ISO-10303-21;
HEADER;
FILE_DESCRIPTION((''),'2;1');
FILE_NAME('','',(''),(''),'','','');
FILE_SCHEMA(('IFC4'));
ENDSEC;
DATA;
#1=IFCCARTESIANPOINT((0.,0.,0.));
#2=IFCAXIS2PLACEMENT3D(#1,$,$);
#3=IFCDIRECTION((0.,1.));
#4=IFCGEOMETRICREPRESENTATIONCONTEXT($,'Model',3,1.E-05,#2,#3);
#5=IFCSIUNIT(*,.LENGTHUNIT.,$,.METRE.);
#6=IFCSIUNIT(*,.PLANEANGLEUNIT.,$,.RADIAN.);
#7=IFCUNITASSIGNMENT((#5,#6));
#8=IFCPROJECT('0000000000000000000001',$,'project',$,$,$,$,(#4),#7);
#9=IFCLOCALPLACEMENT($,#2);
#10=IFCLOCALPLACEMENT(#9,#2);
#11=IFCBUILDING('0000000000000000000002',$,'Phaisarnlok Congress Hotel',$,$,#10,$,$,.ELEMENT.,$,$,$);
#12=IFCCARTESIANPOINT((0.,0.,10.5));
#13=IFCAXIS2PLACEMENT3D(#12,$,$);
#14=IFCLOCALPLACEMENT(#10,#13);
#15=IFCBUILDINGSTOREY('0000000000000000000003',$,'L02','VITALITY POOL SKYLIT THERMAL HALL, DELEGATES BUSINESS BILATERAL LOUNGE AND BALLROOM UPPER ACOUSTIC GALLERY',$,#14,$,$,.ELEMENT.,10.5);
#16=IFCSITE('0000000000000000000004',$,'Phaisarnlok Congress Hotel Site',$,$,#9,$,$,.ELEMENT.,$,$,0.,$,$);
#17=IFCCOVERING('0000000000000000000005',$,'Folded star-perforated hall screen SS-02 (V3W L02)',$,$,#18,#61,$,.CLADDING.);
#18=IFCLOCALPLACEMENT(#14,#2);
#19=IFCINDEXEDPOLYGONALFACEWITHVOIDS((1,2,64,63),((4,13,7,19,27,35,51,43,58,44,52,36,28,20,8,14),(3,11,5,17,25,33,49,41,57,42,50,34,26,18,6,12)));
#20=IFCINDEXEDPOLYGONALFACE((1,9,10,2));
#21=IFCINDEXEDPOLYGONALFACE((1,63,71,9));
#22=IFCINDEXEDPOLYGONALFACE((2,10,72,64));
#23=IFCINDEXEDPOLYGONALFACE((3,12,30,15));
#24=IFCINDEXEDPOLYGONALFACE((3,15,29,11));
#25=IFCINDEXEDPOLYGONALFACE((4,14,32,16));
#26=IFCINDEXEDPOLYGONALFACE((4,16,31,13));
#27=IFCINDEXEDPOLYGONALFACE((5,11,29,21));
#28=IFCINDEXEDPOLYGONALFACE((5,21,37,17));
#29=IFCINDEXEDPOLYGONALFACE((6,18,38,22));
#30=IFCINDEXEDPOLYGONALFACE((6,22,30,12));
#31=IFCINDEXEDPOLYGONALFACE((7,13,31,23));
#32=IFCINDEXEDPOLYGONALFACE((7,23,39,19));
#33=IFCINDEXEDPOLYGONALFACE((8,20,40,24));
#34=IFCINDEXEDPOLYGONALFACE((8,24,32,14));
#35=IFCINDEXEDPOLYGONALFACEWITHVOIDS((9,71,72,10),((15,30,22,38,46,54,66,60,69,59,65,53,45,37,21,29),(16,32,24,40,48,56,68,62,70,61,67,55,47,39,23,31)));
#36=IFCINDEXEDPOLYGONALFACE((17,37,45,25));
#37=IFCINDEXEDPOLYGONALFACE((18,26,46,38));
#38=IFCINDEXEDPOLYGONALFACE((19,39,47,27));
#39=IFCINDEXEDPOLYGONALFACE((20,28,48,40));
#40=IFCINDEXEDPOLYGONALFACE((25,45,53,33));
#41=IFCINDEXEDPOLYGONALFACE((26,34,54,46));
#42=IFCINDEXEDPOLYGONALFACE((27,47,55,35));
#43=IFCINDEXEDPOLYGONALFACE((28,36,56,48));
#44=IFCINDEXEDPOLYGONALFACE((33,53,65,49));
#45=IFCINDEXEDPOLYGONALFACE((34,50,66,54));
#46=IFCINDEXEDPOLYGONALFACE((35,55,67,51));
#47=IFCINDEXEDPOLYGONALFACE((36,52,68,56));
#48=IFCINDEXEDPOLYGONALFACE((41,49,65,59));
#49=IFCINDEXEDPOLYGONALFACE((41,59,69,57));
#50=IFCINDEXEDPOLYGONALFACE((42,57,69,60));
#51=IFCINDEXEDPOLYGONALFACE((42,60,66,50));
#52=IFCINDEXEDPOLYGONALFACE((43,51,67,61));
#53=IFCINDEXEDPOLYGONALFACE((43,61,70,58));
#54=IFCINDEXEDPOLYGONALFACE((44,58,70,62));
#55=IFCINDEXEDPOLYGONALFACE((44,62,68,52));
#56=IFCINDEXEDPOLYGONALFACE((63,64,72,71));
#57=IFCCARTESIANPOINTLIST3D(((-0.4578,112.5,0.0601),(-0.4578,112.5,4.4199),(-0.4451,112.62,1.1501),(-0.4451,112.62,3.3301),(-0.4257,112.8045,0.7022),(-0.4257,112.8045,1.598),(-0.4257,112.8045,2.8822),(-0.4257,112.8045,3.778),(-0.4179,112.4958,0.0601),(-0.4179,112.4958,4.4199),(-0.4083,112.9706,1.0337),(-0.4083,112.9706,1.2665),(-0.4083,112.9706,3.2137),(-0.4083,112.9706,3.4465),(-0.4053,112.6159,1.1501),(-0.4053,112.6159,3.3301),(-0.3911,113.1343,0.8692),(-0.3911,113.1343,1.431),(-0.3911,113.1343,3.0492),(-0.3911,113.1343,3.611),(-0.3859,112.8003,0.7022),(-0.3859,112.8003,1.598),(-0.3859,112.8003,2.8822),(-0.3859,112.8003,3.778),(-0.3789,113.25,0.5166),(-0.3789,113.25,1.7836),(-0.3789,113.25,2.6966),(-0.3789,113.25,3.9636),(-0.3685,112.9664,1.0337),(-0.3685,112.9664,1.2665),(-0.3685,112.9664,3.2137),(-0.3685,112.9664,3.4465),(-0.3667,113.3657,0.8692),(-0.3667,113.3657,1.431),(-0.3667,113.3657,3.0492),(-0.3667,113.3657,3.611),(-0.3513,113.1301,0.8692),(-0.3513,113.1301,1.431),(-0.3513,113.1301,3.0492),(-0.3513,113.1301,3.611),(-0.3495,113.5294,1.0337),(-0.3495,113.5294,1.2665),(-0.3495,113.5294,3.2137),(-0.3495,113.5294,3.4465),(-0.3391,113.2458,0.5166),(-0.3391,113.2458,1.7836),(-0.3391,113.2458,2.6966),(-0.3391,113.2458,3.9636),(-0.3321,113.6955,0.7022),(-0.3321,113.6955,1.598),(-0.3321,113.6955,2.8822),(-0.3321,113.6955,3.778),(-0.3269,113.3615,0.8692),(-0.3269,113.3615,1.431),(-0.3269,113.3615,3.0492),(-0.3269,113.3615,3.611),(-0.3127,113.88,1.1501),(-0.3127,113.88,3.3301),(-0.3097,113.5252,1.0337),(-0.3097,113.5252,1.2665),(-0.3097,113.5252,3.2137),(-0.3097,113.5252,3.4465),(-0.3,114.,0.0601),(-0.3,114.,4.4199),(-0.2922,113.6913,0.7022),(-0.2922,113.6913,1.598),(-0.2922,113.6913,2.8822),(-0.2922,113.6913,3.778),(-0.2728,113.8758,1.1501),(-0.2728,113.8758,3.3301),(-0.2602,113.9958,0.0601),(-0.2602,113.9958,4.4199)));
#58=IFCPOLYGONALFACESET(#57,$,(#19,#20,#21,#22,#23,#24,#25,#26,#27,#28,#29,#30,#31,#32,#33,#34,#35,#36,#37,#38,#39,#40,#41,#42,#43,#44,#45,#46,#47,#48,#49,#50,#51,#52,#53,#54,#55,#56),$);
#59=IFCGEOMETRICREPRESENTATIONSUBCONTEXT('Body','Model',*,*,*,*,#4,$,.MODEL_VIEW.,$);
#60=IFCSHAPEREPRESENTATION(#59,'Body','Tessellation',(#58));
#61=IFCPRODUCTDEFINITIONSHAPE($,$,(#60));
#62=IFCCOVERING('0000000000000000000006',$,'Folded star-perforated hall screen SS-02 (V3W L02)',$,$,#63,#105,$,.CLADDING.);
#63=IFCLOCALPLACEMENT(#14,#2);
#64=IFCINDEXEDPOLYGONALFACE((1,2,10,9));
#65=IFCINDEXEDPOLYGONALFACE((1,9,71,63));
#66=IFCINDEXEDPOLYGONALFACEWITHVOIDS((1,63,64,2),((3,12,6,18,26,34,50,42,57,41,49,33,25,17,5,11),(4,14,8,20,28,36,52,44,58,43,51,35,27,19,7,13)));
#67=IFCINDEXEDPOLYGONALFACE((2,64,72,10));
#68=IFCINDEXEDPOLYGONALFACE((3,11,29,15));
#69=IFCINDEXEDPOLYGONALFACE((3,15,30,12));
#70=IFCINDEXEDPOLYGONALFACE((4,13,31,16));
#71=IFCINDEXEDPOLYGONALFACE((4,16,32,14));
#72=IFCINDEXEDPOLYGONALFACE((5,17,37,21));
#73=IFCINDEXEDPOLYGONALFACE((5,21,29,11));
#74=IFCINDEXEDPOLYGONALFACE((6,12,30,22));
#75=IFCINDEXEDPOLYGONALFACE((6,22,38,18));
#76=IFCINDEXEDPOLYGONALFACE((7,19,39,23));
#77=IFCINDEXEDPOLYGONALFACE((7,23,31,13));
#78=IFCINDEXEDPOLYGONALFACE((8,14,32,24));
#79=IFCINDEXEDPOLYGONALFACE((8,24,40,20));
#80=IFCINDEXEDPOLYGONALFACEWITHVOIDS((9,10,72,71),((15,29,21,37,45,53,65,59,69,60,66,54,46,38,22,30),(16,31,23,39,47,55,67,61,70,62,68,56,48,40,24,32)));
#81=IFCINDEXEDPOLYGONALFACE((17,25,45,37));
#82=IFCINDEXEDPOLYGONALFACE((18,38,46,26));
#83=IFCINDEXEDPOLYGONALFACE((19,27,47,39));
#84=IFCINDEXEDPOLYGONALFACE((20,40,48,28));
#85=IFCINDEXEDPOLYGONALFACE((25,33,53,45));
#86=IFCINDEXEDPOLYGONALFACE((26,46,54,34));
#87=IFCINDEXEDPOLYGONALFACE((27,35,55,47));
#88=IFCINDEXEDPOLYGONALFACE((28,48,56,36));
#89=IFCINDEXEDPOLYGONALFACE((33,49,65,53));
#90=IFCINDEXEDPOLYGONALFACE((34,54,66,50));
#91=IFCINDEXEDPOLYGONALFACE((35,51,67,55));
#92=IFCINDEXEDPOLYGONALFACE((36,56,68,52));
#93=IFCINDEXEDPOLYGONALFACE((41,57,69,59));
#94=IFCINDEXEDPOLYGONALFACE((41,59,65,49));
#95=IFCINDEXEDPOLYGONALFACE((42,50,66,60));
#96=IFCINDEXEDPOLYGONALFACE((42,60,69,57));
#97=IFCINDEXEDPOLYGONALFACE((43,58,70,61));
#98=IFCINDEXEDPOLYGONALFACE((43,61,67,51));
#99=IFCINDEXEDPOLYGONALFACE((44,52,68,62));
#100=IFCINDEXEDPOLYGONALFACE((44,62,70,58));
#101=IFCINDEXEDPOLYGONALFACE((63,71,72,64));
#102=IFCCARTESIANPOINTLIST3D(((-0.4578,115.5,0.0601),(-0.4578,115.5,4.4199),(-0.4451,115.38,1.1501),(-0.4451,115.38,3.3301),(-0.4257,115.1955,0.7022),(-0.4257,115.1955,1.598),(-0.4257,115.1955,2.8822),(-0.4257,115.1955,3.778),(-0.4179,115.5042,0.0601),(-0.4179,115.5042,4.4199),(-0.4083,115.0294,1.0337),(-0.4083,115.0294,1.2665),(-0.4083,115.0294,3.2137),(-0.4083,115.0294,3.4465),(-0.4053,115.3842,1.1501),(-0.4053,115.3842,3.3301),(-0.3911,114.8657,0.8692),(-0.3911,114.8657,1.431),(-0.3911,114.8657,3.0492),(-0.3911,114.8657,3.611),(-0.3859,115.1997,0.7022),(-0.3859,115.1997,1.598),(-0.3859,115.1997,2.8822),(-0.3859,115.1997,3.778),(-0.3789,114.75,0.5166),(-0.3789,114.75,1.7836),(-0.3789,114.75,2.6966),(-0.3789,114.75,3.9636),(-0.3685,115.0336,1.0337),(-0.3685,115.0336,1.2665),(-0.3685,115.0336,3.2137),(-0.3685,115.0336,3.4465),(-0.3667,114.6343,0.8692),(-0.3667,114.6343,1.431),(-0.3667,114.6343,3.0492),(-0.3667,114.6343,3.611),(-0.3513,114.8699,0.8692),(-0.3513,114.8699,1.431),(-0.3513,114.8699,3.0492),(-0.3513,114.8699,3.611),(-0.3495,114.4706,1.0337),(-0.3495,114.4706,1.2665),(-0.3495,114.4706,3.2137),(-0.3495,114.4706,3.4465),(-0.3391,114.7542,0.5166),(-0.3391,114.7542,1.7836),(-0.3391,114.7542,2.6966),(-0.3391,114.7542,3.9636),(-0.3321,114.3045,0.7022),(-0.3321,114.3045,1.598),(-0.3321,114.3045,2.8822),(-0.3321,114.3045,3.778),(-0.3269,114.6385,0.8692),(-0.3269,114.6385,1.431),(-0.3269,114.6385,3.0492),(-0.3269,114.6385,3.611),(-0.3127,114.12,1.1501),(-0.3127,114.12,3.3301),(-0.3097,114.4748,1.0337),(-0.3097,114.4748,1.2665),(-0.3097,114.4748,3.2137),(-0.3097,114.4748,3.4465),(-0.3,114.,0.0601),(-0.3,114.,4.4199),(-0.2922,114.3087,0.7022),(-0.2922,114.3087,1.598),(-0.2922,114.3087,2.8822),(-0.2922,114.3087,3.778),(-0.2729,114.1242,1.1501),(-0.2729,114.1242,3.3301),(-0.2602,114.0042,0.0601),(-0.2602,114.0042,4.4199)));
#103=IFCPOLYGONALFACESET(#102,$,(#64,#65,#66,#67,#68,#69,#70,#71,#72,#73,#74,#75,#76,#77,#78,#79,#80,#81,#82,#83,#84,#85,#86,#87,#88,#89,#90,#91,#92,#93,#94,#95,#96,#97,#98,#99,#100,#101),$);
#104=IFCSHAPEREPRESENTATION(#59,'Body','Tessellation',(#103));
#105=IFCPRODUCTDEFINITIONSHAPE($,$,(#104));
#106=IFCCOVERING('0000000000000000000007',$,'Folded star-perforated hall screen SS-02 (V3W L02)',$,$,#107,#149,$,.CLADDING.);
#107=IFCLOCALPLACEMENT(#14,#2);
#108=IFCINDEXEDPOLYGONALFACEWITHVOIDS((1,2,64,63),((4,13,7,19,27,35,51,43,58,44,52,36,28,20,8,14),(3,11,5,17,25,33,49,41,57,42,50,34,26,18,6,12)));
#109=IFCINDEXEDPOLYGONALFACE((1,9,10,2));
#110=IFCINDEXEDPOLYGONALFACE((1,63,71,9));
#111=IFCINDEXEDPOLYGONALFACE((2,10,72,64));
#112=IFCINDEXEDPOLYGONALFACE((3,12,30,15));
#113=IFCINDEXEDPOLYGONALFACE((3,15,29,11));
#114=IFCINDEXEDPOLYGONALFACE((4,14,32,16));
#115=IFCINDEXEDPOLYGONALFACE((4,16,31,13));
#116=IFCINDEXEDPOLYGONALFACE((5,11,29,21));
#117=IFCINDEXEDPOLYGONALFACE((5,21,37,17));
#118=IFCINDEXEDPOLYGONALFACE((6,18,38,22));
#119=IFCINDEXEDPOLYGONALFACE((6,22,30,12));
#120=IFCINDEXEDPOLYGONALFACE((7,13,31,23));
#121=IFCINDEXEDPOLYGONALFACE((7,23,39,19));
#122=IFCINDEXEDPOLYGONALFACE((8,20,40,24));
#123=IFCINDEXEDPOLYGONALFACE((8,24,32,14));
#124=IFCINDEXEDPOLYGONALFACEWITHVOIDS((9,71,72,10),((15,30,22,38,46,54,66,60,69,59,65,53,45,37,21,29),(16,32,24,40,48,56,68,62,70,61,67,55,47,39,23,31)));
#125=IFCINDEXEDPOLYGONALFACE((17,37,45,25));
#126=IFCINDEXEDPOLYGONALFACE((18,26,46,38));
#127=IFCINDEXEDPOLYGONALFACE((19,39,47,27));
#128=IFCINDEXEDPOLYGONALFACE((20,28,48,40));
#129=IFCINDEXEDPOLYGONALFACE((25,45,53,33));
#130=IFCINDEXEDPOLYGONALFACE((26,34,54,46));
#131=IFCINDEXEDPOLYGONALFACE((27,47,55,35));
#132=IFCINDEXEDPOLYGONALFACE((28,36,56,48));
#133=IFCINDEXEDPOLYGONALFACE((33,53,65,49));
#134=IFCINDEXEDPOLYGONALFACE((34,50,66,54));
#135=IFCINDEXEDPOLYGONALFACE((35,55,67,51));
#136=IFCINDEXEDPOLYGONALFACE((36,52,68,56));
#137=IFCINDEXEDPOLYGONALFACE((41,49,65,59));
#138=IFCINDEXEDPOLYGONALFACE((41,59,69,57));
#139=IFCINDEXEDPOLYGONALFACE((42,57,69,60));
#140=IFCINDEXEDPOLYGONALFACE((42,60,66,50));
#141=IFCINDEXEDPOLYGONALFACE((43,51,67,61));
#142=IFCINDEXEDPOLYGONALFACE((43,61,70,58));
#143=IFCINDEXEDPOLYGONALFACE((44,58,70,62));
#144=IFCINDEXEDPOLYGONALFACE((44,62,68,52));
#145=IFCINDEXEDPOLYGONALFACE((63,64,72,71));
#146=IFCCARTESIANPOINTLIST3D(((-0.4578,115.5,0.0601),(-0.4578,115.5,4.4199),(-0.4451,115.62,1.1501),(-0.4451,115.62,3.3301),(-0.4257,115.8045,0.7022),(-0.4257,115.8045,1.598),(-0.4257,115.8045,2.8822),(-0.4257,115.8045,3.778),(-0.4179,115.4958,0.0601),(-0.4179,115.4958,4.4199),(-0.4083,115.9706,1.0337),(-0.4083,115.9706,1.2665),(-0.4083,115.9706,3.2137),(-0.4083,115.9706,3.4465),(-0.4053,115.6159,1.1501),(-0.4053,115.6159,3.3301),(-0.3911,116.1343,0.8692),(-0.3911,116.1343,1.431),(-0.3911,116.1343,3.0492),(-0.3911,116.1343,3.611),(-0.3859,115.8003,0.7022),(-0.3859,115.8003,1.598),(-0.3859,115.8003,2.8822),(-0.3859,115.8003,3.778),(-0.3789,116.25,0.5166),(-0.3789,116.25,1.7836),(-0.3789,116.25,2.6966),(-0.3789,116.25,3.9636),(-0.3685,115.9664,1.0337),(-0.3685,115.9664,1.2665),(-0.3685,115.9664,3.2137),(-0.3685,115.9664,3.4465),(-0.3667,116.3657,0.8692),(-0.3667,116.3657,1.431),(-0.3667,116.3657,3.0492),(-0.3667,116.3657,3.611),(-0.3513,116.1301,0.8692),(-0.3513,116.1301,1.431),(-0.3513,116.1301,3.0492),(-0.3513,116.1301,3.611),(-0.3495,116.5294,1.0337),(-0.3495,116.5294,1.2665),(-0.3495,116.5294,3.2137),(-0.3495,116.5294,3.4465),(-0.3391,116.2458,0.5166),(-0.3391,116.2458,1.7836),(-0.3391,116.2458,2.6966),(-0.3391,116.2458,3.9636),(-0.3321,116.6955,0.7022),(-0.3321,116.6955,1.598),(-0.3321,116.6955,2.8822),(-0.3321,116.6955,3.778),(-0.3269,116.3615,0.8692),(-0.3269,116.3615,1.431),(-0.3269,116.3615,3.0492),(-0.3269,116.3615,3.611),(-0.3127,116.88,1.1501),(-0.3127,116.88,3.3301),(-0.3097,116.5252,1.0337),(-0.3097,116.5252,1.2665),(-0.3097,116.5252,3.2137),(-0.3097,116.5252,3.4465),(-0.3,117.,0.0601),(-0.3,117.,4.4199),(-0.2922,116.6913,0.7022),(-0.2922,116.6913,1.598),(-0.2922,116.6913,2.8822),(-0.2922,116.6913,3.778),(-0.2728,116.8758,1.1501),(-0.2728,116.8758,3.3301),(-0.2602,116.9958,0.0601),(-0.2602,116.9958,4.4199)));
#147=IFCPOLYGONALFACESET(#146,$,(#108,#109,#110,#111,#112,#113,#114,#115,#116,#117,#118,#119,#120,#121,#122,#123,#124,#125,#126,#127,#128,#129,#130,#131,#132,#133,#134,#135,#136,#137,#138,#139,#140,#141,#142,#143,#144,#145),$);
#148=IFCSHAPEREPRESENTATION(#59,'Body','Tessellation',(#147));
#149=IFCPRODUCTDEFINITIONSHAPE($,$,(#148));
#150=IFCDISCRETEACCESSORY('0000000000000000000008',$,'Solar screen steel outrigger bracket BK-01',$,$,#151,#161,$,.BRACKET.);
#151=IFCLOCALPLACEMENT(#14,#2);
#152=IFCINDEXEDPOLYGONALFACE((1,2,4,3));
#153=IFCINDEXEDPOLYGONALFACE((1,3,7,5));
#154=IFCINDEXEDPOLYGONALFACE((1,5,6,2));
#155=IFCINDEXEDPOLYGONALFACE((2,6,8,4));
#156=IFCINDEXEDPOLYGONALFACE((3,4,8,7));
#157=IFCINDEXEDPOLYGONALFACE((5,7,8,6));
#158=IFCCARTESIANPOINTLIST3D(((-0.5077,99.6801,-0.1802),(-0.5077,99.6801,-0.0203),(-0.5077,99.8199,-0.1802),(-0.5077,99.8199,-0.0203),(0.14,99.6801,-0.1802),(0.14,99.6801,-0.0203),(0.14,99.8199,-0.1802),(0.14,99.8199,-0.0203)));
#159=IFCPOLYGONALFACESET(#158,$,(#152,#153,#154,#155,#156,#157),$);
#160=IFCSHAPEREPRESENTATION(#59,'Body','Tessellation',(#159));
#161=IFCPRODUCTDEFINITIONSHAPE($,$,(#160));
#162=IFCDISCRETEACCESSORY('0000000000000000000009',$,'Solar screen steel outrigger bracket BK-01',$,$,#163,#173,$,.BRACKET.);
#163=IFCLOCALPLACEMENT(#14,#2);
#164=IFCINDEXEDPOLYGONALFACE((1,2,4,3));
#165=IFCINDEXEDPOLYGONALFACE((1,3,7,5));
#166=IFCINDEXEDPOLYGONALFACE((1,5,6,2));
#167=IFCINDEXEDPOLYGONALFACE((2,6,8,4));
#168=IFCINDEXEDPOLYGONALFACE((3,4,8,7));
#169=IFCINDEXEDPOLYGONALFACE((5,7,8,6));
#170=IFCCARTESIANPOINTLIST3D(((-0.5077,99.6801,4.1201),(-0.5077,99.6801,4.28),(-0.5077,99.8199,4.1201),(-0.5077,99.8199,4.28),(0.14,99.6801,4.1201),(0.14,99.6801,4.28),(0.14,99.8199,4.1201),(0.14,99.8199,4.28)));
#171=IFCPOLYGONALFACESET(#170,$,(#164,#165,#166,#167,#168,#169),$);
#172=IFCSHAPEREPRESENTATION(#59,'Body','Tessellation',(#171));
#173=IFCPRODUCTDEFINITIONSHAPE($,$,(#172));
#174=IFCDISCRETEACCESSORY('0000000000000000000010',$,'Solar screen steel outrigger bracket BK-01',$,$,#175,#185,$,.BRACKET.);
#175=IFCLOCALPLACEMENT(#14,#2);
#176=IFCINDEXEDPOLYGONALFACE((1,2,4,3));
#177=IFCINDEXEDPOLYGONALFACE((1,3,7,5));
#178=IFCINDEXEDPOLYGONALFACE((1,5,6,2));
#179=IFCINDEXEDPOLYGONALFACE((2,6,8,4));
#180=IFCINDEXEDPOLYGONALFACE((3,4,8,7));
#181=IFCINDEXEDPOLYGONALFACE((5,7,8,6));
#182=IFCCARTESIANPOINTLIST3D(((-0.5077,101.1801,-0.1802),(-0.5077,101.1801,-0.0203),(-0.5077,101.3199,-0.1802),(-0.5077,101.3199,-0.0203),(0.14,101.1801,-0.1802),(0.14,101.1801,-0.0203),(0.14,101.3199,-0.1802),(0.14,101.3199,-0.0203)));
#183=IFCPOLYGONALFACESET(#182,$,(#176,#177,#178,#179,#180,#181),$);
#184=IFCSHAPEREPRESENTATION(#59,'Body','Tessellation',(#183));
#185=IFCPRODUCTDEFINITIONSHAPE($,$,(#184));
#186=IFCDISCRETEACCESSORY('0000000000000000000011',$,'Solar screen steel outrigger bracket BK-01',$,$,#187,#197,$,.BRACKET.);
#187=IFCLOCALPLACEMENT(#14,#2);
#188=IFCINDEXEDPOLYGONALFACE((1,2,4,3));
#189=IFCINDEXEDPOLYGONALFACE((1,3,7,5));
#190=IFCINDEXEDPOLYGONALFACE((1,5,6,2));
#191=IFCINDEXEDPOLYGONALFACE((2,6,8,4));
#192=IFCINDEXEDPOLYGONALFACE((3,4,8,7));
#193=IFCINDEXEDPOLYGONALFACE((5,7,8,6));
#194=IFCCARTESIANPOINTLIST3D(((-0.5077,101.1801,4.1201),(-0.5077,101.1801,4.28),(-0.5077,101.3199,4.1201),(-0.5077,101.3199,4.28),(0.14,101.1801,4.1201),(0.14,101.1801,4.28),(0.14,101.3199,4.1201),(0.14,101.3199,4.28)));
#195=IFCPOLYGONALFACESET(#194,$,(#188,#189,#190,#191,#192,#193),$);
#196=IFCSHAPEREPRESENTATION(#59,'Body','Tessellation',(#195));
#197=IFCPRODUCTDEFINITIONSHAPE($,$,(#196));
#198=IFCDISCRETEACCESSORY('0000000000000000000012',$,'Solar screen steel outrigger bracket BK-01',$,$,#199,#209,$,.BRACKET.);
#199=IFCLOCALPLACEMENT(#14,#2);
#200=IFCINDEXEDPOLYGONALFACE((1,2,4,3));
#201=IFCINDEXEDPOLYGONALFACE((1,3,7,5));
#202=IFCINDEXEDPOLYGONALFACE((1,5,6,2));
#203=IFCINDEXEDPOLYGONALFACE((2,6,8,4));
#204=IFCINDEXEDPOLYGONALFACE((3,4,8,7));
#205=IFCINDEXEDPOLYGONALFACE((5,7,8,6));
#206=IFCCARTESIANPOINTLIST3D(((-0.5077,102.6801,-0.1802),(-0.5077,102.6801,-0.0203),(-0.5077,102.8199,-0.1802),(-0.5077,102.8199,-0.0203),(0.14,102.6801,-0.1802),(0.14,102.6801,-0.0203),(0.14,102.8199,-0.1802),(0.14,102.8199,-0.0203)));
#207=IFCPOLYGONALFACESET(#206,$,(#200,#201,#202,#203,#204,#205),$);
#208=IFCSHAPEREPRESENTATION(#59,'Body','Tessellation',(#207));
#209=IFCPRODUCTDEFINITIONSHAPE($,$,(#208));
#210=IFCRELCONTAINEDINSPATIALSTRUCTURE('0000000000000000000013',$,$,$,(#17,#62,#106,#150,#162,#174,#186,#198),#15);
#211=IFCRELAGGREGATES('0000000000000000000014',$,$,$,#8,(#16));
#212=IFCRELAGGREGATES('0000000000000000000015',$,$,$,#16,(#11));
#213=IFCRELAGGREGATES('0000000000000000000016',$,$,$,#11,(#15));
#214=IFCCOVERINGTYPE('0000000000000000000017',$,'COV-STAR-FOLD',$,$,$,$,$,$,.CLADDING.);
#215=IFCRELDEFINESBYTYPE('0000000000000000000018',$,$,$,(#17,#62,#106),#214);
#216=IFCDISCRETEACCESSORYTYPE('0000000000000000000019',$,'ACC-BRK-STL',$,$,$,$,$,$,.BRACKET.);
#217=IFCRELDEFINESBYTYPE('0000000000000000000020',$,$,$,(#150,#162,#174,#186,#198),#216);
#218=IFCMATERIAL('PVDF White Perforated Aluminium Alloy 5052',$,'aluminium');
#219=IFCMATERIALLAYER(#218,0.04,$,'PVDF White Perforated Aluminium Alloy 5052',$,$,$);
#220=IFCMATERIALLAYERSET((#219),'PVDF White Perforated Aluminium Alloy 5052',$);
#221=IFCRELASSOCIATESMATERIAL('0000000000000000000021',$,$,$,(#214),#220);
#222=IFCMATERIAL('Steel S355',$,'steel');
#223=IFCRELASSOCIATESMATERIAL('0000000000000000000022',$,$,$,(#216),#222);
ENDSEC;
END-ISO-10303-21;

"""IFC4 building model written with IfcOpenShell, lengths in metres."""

from ifc_helpers import new_model, si_unit, direction, frame, origin, origin_2d, place, context, subcontext, project, spatial, polyline, rectangle, outline, extrude, material, layer, layer_set, type_object, element, save


model = new_model("IFC4")

# Units and contexts
model_context = context("Model", 3, precision=1e-05, world=origin(), true_north=direction((0.0, 1.0)))
body_context = subcontext(model_context, "Body", "Model", "MODEL_VIEW")
ifc_project = project(units=[si_unit("LENGTHUNIT", "METRE"), si_unit("PLANEANGLEUNIT", "RADIAN")], contexts=[model_context])

# Site, building, storey
site_placement = place(None, origin())
site = spatial("IfcSite", under=ifc_project, at=site_placement, Name="Phaisarnlok Congress Hotel Site", CompositionType="ELEMENT", RefElevation=0.0)
building_placement = place(site_placement, origin())
building = spatial("IfcBuilding", under=site, at=building_placement, Name="Phaisarnlok Congress Hotel", CompositionType="ELEMENT")
storey_placement = place(building_placement, frame((0.0, 0.0, 10.5)))
storey = spatial("IfcBuildingStorey", under=building, at=storey_placement, Name="L02", Description="VITALITY POOL SKYLIT THERMAL HALL, DELEGATES BUSINESS BILATERAL LOUNGE AND BALLROOM UPPER ACOUSTIC GALLERY", CompositionType="ELEMENT", Elevation=10.5)

# Coverings
ifc_material_1 = material(Name="PVDF White Perforated Aluminium Alloy 5052", Category="aluminium")
ifc_layer = layer(ifc_material_1, 0.04, Name="PVDF White Perforated Aluminium Alloy 5052")
ifc_layer_set = layer_set([ifc_layer], Name="PVDF White Perforated Aluminium Alloy 5052")
covering_type = type_object("IfcCoveringType", Name="COV-STAR-FOLD", PredefinedType="CLADDING", material=ifc_layer_set)
for number, where, z_axis, x_axis, name in (
    (1, (-0.4578, 112.5, 0.0601), (0.994518, -0.104567, 0.0), (0.104567, 0.994518, 0.0), "Folded star-perforated hall screen SS-02 (V3W L02)"),
    (2, (-0.3, 114.0, 0.0601), (0.994518, 0.104567, 0.0), (-0.104567, 0.994518, 0.0), "Folded star-perforated hall screen SS-02 (V3W L02)"),
    (3, (-0.4578, 115.5, 0.0601), (0.994518, -0.104567, 0.0), (0.104567, 0.994518, 0.0), "Folded star-perforated hall screen SS-02 (V3W L02)"),
):
    element("IfcCovering", number, at=place(storey_placement, frame(where, z_axis=z_axis, x_axis=x_axis)), inside=storey, type_object=covering_type, Name=name, PredefinedType="CLADDING", context=body_context, shape_type="SweptSolid", body=[
        extrude(outline(polyline([(0.0, 0.0), (1.5083, 0.0), (1.5083, 4.3599), (0.0, 4.3599), (0.0, 0.0)]), holes=[polyline([(1.0351, 0.9736), (1.2021, 0.6421), (0.8705, 0.8091), (0.7541, 0.4565), (0.6378, 0.8091), (0.3062, 0.6421), (0.4732, 0.9736), (0.1207, 1.09), (0.4732, 1.2064), (0.3062, 1.5379), (0.6378, 1.3709), (0.7541, 1.7235), (0.8705, 1.3709), (1.2021, 1.5379), (1.0351, 1.2064), (1.3876, 1.09), (1.0351, 0.9736)]), polyline([(1.0351, 3.1536), (1.2021, 2.8221), (0.8705, 2.9891), (0.7541, 2.6365), (0.6378, 2.9891), (0.3062, 2.8221), (0.4732, 3.1536), (0.1207, 3.27), (0.4732, 3.3864), (0.3062, 3.7179), (0.6378, 3.5509), (0.7541, 3.9035), (0.8705, 3.5509), (1.2021, 3.7179), (1.0351, 3.3864), (1.3876, 3.27), (1.0351, 3.1536)])]), origin(), (0.0, 0.0, 1.0), 0.04),
    ])

# Discrete accessories
ifc_material_2 = material(Name="Steel S355", Category="steel")
discrete_accessory_type = type_object("IfcDiscreteAccessoryType", Name="ACC-BRK-STL", PredefinedType="BRACKET", material=ifc_material_2)
for number, where, z_axis, x_axis, name in (
    (4, (-0.1838, 99.75, -0.1802), (0.0, 0.0, 1.0), (1.0, 0.0, 0.0), "Solar screen steel outrigger bracket BK-01"),
    (5, (-0.1838, 99.75, 4.1201), (0.0, 0.0, 1.0), (1.0, 0.0, 0.0), "Solar screen steel outrigger bracket BK-01"),
    (6, (-0.1838, 101.25, -0.1802), (0.0, 0.0, 1.0), (1.0, 0.0, 0.0), "Solar screen steel outrigger bracket BK-01"),
    (7, (-0.1838, 101.25, 4.1201), (0.0, 0.0, 1.0), (1.0, 0.0, 0.0), "Solar screen steel outrigger bracket BK-01"),
    (8, (-0.1838, 102.75, -0.1802), (0.0, 0.0, 1.0), (1.0, 0.0, 0.0), "Solar screen steel outrigger bracket BK-01"),
):
    element("IfcDiscreteAccessory", number, at=place(storey_placement, frame(where, z_axis=z_axis, x_axis=x_axis)), inside=storey, type_object=discrete_accessory_type, Name=name, PredefinedType="BRACKET", context=body_context, shape_type="SweptSolid", body=[
        extrude(rectangle(XDim=0.6477, YDim=0.1399, at=origin_2d()), origin(), (0.0, 0.0, 1.0), 0.1599),
    ])

save(model, "model.ifc")
